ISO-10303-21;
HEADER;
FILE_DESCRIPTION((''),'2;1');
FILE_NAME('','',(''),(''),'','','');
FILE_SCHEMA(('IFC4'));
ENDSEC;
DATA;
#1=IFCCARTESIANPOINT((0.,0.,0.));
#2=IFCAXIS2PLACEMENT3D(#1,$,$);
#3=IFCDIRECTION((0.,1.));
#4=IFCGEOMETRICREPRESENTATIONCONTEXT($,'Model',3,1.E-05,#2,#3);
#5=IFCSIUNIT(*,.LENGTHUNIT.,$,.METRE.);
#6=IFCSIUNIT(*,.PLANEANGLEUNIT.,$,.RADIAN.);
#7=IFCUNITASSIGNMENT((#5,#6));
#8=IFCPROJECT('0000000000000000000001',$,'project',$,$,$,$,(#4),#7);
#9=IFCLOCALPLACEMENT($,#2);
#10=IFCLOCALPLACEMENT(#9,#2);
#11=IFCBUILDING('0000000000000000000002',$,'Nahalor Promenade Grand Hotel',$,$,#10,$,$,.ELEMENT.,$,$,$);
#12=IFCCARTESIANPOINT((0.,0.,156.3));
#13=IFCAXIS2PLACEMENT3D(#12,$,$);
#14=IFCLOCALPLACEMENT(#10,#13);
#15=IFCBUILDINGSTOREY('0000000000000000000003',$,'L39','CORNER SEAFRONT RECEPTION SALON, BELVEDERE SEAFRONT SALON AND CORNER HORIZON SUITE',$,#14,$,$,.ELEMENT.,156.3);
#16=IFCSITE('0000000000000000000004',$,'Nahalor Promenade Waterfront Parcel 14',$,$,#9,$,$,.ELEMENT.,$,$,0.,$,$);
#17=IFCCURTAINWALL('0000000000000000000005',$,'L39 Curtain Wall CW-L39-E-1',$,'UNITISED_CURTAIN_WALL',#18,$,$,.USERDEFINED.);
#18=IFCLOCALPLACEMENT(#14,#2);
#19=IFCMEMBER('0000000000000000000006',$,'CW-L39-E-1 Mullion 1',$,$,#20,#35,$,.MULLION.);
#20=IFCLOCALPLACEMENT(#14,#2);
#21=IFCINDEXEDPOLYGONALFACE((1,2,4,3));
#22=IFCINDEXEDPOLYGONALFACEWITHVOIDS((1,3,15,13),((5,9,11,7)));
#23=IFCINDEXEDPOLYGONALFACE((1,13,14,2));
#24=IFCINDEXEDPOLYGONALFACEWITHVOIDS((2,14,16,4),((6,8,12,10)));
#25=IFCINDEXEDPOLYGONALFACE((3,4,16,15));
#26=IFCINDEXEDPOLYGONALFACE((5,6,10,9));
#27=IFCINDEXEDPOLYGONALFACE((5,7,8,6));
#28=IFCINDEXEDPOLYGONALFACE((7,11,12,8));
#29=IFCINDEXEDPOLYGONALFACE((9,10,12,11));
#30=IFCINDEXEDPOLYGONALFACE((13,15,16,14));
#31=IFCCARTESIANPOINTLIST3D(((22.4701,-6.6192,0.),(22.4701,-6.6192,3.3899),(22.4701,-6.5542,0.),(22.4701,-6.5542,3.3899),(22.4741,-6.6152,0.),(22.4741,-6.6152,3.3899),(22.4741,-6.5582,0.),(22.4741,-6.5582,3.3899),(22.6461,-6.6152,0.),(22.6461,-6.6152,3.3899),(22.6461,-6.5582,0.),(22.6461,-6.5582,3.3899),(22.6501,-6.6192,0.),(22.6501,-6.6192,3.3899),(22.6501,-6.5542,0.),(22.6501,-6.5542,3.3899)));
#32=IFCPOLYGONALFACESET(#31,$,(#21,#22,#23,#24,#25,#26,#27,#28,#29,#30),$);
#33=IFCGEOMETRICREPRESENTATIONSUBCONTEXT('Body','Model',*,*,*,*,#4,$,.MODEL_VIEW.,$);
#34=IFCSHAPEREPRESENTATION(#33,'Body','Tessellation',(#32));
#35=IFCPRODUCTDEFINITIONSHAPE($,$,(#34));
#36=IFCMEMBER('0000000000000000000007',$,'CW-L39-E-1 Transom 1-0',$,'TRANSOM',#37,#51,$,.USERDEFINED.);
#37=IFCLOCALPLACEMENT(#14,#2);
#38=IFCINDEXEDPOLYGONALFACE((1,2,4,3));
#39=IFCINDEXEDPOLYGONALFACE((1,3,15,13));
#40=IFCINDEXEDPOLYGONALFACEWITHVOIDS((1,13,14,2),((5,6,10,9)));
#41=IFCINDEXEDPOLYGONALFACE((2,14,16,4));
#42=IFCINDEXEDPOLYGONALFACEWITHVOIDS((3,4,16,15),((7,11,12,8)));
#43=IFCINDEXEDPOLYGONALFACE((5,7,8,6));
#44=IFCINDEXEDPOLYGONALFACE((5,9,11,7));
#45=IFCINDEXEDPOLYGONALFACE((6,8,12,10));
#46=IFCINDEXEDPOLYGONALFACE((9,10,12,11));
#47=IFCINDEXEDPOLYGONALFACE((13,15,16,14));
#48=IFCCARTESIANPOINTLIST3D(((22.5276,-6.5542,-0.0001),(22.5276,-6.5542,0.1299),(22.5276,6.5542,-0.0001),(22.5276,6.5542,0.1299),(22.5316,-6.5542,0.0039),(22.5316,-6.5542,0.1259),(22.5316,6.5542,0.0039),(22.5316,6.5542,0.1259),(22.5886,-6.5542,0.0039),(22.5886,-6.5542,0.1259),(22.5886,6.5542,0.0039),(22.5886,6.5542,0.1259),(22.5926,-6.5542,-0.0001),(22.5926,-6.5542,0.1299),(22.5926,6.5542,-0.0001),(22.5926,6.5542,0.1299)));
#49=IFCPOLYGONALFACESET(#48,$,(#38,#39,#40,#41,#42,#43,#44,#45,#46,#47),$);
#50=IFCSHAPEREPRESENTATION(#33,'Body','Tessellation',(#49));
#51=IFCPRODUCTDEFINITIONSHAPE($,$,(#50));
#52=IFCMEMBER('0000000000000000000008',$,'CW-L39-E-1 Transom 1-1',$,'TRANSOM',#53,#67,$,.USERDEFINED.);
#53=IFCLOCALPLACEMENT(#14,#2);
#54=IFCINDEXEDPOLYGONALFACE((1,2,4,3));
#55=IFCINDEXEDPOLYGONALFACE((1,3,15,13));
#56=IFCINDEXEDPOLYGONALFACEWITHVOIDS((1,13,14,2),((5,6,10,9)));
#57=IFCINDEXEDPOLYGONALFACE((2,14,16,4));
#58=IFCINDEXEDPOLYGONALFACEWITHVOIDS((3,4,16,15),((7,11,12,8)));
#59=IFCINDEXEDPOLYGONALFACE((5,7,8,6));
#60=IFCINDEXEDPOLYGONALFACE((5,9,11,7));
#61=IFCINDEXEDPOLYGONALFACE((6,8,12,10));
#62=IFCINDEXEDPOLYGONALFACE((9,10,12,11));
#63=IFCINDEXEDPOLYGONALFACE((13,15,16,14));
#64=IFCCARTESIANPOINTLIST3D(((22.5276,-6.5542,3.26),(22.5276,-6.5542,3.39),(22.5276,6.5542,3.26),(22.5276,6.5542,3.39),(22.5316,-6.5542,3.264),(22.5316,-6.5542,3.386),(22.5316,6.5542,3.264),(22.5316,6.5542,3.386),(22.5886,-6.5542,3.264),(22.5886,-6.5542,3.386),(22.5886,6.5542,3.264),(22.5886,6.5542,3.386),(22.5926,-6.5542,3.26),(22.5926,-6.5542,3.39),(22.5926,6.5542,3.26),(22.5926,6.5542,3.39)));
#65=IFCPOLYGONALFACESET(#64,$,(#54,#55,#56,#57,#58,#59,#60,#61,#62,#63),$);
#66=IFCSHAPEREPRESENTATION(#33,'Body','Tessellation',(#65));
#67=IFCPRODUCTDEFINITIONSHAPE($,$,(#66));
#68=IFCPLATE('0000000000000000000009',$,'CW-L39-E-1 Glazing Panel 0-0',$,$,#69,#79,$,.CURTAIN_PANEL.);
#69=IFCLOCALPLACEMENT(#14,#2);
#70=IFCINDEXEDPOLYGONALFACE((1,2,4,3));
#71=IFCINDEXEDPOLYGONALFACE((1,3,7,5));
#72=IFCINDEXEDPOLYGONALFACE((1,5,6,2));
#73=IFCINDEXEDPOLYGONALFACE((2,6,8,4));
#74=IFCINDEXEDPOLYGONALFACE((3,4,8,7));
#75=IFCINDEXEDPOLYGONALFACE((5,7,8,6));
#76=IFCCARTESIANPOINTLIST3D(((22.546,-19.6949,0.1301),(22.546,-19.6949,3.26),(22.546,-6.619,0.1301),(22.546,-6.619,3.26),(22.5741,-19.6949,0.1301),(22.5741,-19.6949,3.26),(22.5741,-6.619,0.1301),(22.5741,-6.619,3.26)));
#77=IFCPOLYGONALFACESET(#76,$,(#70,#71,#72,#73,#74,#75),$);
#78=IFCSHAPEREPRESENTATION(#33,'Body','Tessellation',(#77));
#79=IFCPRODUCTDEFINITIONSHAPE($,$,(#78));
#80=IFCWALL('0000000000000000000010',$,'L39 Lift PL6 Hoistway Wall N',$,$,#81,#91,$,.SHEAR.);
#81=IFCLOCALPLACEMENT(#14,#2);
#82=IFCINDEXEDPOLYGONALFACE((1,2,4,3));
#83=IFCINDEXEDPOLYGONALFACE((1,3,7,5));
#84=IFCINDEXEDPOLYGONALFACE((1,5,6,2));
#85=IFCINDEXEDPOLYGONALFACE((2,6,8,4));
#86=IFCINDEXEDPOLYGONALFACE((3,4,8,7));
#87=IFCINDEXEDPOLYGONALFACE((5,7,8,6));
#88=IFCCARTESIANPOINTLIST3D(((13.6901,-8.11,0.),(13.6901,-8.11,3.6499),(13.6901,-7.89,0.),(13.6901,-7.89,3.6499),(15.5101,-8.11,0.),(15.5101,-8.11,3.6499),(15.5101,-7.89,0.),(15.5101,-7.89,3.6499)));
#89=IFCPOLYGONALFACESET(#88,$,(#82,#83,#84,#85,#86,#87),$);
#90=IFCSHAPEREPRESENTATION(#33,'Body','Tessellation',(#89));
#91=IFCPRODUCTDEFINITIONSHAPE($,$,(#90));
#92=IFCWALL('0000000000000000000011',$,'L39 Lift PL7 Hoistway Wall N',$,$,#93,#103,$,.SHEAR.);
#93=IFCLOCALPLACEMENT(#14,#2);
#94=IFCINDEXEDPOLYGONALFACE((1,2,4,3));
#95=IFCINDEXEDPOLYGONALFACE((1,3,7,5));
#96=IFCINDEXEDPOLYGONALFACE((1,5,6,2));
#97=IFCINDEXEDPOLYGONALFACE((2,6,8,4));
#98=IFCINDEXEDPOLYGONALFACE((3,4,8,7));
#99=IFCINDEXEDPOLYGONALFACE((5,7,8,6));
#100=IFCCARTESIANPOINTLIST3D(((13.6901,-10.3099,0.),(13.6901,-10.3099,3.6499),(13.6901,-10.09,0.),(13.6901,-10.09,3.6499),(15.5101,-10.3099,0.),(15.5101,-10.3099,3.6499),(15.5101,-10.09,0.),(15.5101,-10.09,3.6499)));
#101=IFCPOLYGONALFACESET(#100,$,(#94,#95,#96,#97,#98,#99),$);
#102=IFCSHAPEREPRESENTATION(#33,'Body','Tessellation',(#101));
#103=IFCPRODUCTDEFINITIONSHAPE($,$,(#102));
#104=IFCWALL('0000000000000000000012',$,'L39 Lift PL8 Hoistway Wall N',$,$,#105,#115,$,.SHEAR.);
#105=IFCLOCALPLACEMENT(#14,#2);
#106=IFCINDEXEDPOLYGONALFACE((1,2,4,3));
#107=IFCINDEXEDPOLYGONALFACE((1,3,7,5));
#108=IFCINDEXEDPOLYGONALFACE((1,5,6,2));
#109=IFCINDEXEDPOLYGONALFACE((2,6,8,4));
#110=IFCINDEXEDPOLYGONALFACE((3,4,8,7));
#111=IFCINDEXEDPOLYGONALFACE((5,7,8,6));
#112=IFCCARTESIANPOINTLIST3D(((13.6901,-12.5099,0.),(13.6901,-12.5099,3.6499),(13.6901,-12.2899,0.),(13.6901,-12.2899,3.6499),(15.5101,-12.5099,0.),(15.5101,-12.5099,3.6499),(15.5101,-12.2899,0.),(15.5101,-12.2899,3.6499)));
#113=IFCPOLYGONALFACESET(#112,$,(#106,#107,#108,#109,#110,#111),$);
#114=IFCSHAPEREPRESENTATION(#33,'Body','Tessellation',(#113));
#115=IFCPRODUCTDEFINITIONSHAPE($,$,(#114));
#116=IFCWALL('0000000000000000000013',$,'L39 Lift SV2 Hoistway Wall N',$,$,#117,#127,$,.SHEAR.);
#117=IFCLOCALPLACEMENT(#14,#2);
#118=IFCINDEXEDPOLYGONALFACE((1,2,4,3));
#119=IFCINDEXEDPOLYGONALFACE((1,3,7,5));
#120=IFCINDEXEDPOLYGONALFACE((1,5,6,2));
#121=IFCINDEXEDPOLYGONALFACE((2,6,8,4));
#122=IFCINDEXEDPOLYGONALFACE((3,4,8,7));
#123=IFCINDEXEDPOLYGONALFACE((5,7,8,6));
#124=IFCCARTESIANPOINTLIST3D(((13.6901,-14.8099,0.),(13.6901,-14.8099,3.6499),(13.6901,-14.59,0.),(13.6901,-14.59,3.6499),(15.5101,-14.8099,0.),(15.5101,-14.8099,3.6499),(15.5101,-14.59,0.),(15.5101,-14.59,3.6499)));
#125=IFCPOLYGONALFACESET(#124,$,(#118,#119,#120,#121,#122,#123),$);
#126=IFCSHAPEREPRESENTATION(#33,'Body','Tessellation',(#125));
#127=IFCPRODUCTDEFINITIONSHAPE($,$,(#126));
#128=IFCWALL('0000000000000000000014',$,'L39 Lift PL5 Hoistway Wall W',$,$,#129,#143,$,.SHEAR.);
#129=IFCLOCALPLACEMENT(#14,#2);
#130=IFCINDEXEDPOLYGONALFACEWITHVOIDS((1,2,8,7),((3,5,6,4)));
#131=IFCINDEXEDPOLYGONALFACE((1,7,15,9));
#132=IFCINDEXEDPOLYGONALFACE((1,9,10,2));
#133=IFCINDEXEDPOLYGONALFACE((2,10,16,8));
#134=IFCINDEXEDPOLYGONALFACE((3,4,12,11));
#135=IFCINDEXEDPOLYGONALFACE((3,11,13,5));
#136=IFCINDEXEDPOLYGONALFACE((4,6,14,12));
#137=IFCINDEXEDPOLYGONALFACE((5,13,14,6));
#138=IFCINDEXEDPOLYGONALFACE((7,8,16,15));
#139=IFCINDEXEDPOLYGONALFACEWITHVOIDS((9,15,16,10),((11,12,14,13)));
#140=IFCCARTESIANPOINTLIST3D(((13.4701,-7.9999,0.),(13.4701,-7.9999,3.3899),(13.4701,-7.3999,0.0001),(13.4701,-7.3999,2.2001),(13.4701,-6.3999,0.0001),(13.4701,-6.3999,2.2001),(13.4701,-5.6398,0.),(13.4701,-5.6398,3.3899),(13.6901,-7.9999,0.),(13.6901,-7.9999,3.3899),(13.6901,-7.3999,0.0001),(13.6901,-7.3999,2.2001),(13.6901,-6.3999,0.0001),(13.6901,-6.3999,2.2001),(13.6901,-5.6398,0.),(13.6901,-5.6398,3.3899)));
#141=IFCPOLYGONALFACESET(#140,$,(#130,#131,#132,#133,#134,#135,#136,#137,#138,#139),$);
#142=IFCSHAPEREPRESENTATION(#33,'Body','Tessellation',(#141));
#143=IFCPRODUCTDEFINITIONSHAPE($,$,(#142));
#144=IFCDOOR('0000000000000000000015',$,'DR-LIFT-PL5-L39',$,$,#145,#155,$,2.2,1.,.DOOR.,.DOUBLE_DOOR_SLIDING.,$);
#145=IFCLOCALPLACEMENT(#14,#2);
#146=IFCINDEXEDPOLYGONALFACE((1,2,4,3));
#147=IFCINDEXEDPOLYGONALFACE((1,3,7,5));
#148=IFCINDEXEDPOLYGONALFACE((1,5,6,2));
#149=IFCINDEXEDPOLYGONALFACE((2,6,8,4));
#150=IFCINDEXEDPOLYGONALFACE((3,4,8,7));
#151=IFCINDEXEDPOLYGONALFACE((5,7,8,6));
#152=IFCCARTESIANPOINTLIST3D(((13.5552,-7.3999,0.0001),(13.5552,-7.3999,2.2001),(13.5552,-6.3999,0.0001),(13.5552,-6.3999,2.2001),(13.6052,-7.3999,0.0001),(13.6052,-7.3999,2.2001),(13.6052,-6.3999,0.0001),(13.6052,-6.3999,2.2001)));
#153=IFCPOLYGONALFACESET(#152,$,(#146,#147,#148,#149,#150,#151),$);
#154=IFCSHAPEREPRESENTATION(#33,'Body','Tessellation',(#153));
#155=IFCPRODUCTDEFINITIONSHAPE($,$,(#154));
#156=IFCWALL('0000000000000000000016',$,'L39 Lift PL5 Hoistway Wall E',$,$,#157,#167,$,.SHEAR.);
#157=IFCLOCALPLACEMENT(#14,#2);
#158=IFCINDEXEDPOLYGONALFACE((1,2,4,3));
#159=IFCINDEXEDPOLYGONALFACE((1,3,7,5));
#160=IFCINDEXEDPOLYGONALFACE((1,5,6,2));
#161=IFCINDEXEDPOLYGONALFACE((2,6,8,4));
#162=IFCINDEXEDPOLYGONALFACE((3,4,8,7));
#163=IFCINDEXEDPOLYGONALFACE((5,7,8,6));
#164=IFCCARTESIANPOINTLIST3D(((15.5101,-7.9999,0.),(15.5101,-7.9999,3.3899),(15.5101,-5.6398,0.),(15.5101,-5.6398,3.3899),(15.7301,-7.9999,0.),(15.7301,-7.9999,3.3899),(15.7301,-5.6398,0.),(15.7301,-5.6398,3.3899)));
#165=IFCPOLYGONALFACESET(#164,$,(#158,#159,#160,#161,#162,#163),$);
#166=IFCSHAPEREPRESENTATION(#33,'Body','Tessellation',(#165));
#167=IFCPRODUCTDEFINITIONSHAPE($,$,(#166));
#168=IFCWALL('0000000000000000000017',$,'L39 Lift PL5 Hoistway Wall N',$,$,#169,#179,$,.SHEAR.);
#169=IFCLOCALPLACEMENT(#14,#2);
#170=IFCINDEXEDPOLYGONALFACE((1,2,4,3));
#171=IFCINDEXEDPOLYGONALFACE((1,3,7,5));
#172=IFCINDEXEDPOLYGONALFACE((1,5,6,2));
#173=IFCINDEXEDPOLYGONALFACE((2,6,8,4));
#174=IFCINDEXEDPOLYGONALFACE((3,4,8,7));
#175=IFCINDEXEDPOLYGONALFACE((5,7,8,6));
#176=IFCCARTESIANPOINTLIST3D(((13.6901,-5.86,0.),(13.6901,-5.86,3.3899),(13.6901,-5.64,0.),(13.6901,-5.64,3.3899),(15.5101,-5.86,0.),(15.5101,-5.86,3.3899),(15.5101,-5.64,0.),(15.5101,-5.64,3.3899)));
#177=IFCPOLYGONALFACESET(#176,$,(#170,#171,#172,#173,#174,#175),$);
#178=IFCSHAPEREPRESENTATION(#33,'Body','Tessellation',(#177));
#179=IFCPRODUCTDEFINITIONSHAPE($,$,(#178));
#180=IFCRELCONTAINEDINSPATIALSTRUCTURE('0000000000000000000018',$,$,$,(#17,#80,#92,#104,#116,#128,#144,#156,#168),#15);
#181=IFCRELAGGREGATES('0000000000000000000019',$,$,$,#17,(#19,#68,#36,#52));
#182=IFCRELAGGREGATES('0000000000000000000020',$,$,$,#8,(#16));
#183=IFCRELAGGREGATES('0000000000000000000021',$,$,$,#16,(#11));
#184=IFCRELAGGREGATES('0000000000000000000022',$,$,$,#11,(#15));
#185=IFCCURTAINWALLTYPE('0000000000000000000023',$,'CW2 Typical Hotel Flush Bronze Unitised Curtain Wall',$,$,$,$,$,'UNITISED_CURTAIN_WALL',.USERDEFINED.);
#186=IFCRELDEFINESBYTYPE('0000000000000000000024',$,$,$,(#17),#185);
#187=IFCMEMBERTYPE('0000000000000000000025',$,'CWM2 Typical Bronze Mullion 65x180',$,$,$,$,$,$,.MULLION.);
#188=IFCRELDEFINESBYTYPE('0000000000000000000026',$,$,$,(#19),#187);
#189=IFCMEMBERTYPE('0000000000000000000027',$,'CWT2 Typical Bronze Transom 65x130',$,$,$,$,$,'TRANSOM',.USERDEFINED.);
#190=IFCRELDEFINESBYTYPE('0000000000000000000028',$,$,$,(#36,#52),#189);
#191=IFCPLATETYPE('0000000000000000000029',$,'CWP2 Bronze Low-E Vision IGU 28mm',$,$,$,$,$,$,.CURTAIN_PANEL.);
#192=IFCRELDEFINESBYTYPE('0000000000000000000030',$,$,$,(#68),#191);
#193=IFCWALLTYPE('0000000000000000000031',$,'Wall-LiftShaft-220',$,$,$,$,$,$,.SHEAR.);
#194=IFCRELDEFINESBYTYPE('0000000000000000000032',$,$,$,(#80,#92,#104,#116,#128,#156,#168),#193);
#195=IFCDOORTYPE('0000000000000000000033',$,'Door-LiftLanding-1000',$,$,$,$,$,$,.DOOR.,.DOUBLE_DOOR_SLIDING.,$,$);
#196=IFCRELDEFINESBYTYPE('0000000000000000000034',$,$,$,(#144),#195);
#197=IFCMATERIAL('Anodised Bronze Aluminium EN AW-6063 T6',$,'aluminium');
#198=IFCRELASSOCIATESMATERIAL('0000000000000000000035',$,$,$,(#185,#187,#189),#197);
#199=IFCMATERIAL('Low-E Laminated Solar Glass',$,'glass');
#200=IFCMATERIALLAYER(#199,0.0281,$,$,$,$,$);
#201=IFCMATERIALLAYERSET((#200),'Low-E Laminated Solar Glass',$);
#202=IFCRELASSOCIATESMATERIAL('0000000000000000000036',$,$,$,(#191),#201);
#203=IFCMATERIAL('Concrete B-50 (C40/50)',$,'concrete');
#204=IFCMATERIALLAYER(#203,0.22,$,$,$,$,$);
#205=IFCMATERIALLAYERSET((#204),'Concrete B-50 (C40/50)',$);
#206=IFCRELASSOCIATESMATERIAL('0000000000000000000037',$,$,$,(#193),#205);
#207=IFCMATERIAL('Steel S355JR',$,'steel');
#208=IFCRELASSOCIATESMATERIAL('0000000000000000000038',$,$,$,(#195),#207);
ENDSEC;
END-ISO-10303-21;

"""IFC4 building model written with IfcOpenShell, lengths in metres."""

from ifc_helpers import new_model, si_unit, direction, frame, frame_2d, origin, origin_2d, place, context, subcontext, project, spatial, rectangle, hollow_rectangle, extrude, source, transform, mapped, material, layer, layer_set, material_profile, profile_set, type_object, element, fill, aggregate, save


model = new_model("IFC4")

# Units and contexts
model_context = context("Model", 3, precision=1e-05, world=origin(), true_north=direction((0.0, 1.0)))
body_context = subcontext(model_context, "Body", "Model", "MODEL_VIEW")
ifc_project = project(units=[si_unit("LENGTHUNIT", "METRE"), si_unit("PLANEANGLEUNIT", "RADIAN")], contexts=[model_context])

# Site, building, storey
site_placement = place(None, origin())
site = spatial("IfcSite", under=ifc_project, at=site_placement, Name="Nahalor Promenade Waterfront Parcel 14", CompositionType="ELEMENT", RefElevation=0.0)
building_placement = place(site_placement, origin())
building = spatial("IfcBuilding", under=site, at=building_placement, Name="Nahalor Promenade Grand Hotel", CompositionType="ELEMENT")
storey_placement = place(building_placement, frame((0.0, 0.0, 156.3)))
storey = spatial("IfcBuildingStorey", under=building, at=storey_placement, Name="L39", Description="CORNER SEAFRONT RECEPTION SALON, BELVEDERE SEAFRONT SALON AND CORNER HORIZON SUITE", CompositionType="ELEMENT", Elevation=156.3)

# Shared definitions
ifc_material_1 = material(Name="Steel S355JR", Category="steel")

# Curtain wall, members, plate
ifc_material_2 = material(Name="Anodised Bronze Aluminium EN AW-6063 T6", Category="aluminium")
curtain_wall_type = type_object("IfcCurtainWallType", Name="CW2 Typical Hotel Flush Bronze Unitised Curtain Wall", ElementType="UNITISED_CURTAIN_WALL", PredefinedType="USERDEFINED", material=ifc_material_2)
curtain_wall_placement = place(storey_placement, origin())
curtain_wall = element("IfcCurtainWall", 1, at=curtain_wall_placement, inside=storey, type_object=curtain_wall_type, Name="L39 Curtain Wall CW-L39-E-1", ObjectType="UNITISED_CURTAIN_WALL", PredefinedType="USERDEFINED")
ifc_material_profile_1 = material_profile(ifc_material_2, hollow_rectangle(XDim=0.065, YDim=0.18, WallThickness=0.004, at=origin_2d()), Name="CWM 65x180x4")
ifc_profile_set_1 = profile_set([ifc_material_profile_1], Name="Anodised Bronze Aluminium EN AW-6063 T6")
member_type_1 = type_object("IfcMemberType", Name="CWM2 Typical Bronze Mullion 65x180", PredefinedType="MULLION", material=ifc_profile_set_1)
shared_shape_1 = source(origin(), body_context, "Body", "SweptSolid", [
    extrude(hollow_rectangle(XDim=0.065, YDim=0.18, WallThickness=0.004, at=origin_2d()), origin(), (0.0, 0.0, 1.0), 3.3899),
])
member_1_placement = place(storey_placement, frame((22.5601, -6.5867, 0.0), z_axis=(0.0, 0.0, 1.0), x_axis=(0.0, 1.0, 0.0)))
member_1 = element("IfcMember", 2, at=member_1_placement, type_object=member_type_1, Name="CW-L39-E-1 Mullion 1", PredefinedType="MULLION", context=body_context, shape_type="MappedRepresentation", body=[
    mapped(shared_shape_1, transform((0.0, 0.0, 0.0), scale=1.0)),
])
ifc_material_profile_2 = material_profile(ifc_material_2, hollow_rectangle(XDim=0.065, YDim=0.13, WallThickness=0.004, at=origin_2d()), Name="CWT 65x130x4")
ifc_profile_set_2 = profile_set([ifc_material_profile_2], Name="Anodised Bronze Aluminium EN AW-6063 T6")
member_type_2 = type_object("IfcMemberType", Name="CWT2 Typical Bronze Transom 65x130", ElementType="TRANSOM", PredefinedType="USERDEFINED", material=ifc_profile_set_2)
shared_shape_2 = source(origin(), body_context, "Body", "SweptSolid", [
    extrude(hollow_rectangle(XDim=0.065, YDim=0.13, WallThickness=0.004, at=origin_2d()), origin(), (0.0, 0.0, 1.0), 13.1084),
])
member_2_placement = place(storey_placement, frame((22.5601, -6.5542, 0.0649), z_axis=(0.0, 1.0, 0.0), x_axis=(-1.0, 0.0, 0.0)))
member_2 = element("IfcMember", 3, at=member_2_placement, type_object=member_type_2, Name="CW-L39-E-1 Transom 1-0", ObjectType="TRANSOM", PredefinedType="USERDEFINED", context=body_context, shape_type="MappedRepresentation", body=[
    mapped(shared_shape_2, transform((0.0, 0.0, 0.0), scale=1.0)),
])
member_3_placement = place(storey_placement, frame((22.5601, -6.5542, 3.325), z_axis=(0.0, 1.0, 0.0), x_axis=(-1.0, 0.0, 0.0)))
member_3 = element("IfcMember", 4, at=member_3_placement, type_object=member_type_2, Name="CW-L39-E-1 Transom 1-1", ObjectType="TRANSOM", PredefinedType="USERDEFINED", context=body_context, shape_type="MappedRepresentation", body=[
    mapped(shared_shape_2, transform((0.0, 0.0, 0.0), scale=1.0)),
])
ifc_material_3 = material(Name="Low-E Laminated Solar Glass", Category="glass")
ifc_layer_1 = layer(ifc_material_3, 0.0281)
ifc_layer_set_1 = layer_set([ifc_layer_1], Name="Low-E Laminated Solar Glass")
plate_type = type_object("IfcPlateType", Name="CWP2 Bronze Low-E Vision IGU 28mm", PredefinedType="CURTAIN_PANEL", material=ifc_layer_set_1)
shared_shape_3 = source(origin(), body_context, "Body", "SweptSolid", [
    extrude(rectangle(XDim=13.0759, YDim=0.0281, at=origin_2d()), origin(), (0.0, 0.0, 1.0), 3.1299),
])
plate_placement = place(storey_placement, frame((22.5601, -13.157, 0.1301), z_axis=(0.0, 0.0, 1.0), x_axis=(0.0, 1.0, 0.0)))
plate = element("IfcPlate", 5, at=plate_placement, type_object=plate_type, Name="CW-L39-E-1 Glazing Panel 0-0", PredefinedType="CURTAIN_PANEL", context=body_context, shape_type="MappedRepresentation", body=[
    mapped(shared_shape_3, transform((0.0, 0.0, 0.0), scale=1.0)),
])
aggregate(curtain_wall, [member_1, plate, member_2, member_3])

# Walls
ifc_material_4 = material(Name="Concrete B-50 (C40/50)", Category="concrete")
ifc_layer_2 = layer(ifc_material_4, 0.22)
ifc_layer_set_2 = layer_set([ifc_layer_2], Name="Concrete B-50 (C40/50)")
wall_type = type_object("IfcWallType", Name="Wall-LiftShaft-220", PredefinedType="SHEAR", material=ifc_layer_set_2)
shared_shape_4 = source(origin(), body_context, "Body", "SweptSolid", [
    extrude(rectangle(XDim=1.8201, YDim=0.22, at=frame_2d((0.9102, 0.0))), origin(), (0.0, 0.0, 1.0), 3.6499),
])
for number, where, z_axis, x_axis, name in (
    (6, (13.6899, -8.0, 0.0), (0.0, 0.0, 1.0), (1.0, 0.0, 0.0), "L39 Lift PL6 Hoistway Wall N"),
    (7, (13.6899, -10.2, 0.0), (0.0, 0.0, 1.0), (1.0, 0.0, 0.0), "L39 Lift PL7 Hoistway Wall N"),
    (8, (13.6899, -12.3999, 0.0), (0.0, 0.0, 1.0), (1.0, 0.0, 0.0), "L39 Lift PL8 Hoistway Wall N"),
    (9, (13.6899, -14.7, 0.0), (0.0, 0.0, 1.0), (1.0, 0.0, 0.0), "L39 Lift SV2 Hoistway Wall N"),
):
    element("IfcWall", number, at=place(storey_placement, frame(where, z_axis=z_axis, x_axis=x_axis)), inside=storey, type_object=wall_type, Name=name, PredefinedType="SHEAR", context=body_context, shape_type="MappedRepresentation", body=[
        mapped(shared_shape_4, transform((0.0, 0.0, 0.0), scale=1.0)),
    ])

# Wall, opening, door
shared_shape_5 = source(origin(), body_context, "Body", "SweptSolid", [
    extrude(rectangle(XDim=2.3601, YDim=0.22, at=frame_2d((1.1802, 0.0))), origin(), (0.0, 0.0, 1.0), 3.3899),
])
wall_1_placement = place(storey_placement, frame((13.5801, -8.0, 0.0), z_axis=(0.0, 0.0, 1.0), x_axis=(0.0, 1.0, 0.0)))
wall_1 = element("IfcWall", 10, at=wall_1_placement, inside=storey, type_object=wall_type, Name="L39 Lift PL5 Hoistway Wall W", PredefinedType="SHEAR", context=body_context, shape_type="MappedRepresentation", body=[
    mapped(shared_shape_5, transform((0.0, 0.0, 0.0), scale=1.0)),
])
opening_1_placement = place(wall_1_placement, frame((0.6001, 0.0, 0.0)))
opening_1 = element("IfcOpeningElement", 11, at=opening_1_placement, cuts=wall_1, PredefinedType="OPENING", context=body_context, shape_type="SweptSolid", body=[
    extrude(rectangle(XDim=1.0, YDim=2.2, at=frame_2d((0.5, 1.1001))), frame((0.0, 0.1199, 0.0), z_axis=(0.0, -1.0, 0.0), x_axis=(1.0, 0.0, 0.0)), (0.0, 0.0, 1.0), 0.24),
])
door_type = type_object("IfcDoorType", Name="Door-LiftLanding-1000", OperationType="DOUBLE_DOOR_SLIDING", PredefinedType="DOOR", material=ifc_material_1)
shared_shape_6 = source(origin(), body_context, "Body", "SweptSolid", [
    extrude(rectangle(XDim=1.0, YDim=2.2, at=frame_2d((0.5, 1.1001))), frame((0.0, 0.0249, 0.0), z_axis=(0.0, -1.0, 0.0), x_axis=(1.0, 0.0, 0.0)), (0.0, 0.0, 1.0), 0.05),
])
door_1_placement = place(opening_1_placement, origin())
door_1 = element("IfcDoor", 12, at=door_1_placement, inside=storey, type_object=door_type, Name="DR-LIFT-PL5-L39", OperationType="DOUBLE_DOOR_SLIDING", OverallHeight=2.2, OverallWidth=1.0, PredefinedType="DOOR", context=body_context, shape_type="MappedRepresentation", body=[
    mapped(shared_shape_6, transform((0.0, 0.0, 0.0), scale=1.0)),
])
fill(opening_1, door_1)

# Walls
wall_2_placement = place(storey_placement, frame((15.6201, -8.0, 0.0), z_axis=(0.0, 0.0, 1.0), x_axis=(0.0, 1.0, 0.0)))
element("IfcWall", 13, at=wall_2_placement, inside=storey, type_object=wall_type, Name="L39 Lift PL5 Hoistway Wall E", PredefinedType="SHEAR", context=body_context, shape_type="MappedRepresentation", body=[
    mapped(shared_shape_5, transform((0.0, 0.0, 0.0), scale=1.0)),
])
shared_shape_7 = source(origin(), body_context, "Body", "SweptSolid", [
    extrude(rectangle(XDim=1.8201, YDim=0.22, at=frame_2d((0.9102, 0.0))), origin(), (0.0, 0.0, 1.0), 3.3899),
])
wall_3_placement = place(storey_placement, frame((13.6899, -5.75, 0.0), z_axis=(0.0, 0.0, 1.0), x_axis=(1.0, 0.0, 0.0)))
element("IfcWall", 14, at=wall_3_placement, inside=storey, type_object=wall_type, Name="L39 Lift PL5 Hoistway Wall N", PredefinedType="SHEAR", context=body_context, shape_type="MappedRepresentation", body=[
    mapped(shared_shape_7, transform((0.0, 0.0, 0.0), scale=1.0)),
])

save(model, "model.ifc")
